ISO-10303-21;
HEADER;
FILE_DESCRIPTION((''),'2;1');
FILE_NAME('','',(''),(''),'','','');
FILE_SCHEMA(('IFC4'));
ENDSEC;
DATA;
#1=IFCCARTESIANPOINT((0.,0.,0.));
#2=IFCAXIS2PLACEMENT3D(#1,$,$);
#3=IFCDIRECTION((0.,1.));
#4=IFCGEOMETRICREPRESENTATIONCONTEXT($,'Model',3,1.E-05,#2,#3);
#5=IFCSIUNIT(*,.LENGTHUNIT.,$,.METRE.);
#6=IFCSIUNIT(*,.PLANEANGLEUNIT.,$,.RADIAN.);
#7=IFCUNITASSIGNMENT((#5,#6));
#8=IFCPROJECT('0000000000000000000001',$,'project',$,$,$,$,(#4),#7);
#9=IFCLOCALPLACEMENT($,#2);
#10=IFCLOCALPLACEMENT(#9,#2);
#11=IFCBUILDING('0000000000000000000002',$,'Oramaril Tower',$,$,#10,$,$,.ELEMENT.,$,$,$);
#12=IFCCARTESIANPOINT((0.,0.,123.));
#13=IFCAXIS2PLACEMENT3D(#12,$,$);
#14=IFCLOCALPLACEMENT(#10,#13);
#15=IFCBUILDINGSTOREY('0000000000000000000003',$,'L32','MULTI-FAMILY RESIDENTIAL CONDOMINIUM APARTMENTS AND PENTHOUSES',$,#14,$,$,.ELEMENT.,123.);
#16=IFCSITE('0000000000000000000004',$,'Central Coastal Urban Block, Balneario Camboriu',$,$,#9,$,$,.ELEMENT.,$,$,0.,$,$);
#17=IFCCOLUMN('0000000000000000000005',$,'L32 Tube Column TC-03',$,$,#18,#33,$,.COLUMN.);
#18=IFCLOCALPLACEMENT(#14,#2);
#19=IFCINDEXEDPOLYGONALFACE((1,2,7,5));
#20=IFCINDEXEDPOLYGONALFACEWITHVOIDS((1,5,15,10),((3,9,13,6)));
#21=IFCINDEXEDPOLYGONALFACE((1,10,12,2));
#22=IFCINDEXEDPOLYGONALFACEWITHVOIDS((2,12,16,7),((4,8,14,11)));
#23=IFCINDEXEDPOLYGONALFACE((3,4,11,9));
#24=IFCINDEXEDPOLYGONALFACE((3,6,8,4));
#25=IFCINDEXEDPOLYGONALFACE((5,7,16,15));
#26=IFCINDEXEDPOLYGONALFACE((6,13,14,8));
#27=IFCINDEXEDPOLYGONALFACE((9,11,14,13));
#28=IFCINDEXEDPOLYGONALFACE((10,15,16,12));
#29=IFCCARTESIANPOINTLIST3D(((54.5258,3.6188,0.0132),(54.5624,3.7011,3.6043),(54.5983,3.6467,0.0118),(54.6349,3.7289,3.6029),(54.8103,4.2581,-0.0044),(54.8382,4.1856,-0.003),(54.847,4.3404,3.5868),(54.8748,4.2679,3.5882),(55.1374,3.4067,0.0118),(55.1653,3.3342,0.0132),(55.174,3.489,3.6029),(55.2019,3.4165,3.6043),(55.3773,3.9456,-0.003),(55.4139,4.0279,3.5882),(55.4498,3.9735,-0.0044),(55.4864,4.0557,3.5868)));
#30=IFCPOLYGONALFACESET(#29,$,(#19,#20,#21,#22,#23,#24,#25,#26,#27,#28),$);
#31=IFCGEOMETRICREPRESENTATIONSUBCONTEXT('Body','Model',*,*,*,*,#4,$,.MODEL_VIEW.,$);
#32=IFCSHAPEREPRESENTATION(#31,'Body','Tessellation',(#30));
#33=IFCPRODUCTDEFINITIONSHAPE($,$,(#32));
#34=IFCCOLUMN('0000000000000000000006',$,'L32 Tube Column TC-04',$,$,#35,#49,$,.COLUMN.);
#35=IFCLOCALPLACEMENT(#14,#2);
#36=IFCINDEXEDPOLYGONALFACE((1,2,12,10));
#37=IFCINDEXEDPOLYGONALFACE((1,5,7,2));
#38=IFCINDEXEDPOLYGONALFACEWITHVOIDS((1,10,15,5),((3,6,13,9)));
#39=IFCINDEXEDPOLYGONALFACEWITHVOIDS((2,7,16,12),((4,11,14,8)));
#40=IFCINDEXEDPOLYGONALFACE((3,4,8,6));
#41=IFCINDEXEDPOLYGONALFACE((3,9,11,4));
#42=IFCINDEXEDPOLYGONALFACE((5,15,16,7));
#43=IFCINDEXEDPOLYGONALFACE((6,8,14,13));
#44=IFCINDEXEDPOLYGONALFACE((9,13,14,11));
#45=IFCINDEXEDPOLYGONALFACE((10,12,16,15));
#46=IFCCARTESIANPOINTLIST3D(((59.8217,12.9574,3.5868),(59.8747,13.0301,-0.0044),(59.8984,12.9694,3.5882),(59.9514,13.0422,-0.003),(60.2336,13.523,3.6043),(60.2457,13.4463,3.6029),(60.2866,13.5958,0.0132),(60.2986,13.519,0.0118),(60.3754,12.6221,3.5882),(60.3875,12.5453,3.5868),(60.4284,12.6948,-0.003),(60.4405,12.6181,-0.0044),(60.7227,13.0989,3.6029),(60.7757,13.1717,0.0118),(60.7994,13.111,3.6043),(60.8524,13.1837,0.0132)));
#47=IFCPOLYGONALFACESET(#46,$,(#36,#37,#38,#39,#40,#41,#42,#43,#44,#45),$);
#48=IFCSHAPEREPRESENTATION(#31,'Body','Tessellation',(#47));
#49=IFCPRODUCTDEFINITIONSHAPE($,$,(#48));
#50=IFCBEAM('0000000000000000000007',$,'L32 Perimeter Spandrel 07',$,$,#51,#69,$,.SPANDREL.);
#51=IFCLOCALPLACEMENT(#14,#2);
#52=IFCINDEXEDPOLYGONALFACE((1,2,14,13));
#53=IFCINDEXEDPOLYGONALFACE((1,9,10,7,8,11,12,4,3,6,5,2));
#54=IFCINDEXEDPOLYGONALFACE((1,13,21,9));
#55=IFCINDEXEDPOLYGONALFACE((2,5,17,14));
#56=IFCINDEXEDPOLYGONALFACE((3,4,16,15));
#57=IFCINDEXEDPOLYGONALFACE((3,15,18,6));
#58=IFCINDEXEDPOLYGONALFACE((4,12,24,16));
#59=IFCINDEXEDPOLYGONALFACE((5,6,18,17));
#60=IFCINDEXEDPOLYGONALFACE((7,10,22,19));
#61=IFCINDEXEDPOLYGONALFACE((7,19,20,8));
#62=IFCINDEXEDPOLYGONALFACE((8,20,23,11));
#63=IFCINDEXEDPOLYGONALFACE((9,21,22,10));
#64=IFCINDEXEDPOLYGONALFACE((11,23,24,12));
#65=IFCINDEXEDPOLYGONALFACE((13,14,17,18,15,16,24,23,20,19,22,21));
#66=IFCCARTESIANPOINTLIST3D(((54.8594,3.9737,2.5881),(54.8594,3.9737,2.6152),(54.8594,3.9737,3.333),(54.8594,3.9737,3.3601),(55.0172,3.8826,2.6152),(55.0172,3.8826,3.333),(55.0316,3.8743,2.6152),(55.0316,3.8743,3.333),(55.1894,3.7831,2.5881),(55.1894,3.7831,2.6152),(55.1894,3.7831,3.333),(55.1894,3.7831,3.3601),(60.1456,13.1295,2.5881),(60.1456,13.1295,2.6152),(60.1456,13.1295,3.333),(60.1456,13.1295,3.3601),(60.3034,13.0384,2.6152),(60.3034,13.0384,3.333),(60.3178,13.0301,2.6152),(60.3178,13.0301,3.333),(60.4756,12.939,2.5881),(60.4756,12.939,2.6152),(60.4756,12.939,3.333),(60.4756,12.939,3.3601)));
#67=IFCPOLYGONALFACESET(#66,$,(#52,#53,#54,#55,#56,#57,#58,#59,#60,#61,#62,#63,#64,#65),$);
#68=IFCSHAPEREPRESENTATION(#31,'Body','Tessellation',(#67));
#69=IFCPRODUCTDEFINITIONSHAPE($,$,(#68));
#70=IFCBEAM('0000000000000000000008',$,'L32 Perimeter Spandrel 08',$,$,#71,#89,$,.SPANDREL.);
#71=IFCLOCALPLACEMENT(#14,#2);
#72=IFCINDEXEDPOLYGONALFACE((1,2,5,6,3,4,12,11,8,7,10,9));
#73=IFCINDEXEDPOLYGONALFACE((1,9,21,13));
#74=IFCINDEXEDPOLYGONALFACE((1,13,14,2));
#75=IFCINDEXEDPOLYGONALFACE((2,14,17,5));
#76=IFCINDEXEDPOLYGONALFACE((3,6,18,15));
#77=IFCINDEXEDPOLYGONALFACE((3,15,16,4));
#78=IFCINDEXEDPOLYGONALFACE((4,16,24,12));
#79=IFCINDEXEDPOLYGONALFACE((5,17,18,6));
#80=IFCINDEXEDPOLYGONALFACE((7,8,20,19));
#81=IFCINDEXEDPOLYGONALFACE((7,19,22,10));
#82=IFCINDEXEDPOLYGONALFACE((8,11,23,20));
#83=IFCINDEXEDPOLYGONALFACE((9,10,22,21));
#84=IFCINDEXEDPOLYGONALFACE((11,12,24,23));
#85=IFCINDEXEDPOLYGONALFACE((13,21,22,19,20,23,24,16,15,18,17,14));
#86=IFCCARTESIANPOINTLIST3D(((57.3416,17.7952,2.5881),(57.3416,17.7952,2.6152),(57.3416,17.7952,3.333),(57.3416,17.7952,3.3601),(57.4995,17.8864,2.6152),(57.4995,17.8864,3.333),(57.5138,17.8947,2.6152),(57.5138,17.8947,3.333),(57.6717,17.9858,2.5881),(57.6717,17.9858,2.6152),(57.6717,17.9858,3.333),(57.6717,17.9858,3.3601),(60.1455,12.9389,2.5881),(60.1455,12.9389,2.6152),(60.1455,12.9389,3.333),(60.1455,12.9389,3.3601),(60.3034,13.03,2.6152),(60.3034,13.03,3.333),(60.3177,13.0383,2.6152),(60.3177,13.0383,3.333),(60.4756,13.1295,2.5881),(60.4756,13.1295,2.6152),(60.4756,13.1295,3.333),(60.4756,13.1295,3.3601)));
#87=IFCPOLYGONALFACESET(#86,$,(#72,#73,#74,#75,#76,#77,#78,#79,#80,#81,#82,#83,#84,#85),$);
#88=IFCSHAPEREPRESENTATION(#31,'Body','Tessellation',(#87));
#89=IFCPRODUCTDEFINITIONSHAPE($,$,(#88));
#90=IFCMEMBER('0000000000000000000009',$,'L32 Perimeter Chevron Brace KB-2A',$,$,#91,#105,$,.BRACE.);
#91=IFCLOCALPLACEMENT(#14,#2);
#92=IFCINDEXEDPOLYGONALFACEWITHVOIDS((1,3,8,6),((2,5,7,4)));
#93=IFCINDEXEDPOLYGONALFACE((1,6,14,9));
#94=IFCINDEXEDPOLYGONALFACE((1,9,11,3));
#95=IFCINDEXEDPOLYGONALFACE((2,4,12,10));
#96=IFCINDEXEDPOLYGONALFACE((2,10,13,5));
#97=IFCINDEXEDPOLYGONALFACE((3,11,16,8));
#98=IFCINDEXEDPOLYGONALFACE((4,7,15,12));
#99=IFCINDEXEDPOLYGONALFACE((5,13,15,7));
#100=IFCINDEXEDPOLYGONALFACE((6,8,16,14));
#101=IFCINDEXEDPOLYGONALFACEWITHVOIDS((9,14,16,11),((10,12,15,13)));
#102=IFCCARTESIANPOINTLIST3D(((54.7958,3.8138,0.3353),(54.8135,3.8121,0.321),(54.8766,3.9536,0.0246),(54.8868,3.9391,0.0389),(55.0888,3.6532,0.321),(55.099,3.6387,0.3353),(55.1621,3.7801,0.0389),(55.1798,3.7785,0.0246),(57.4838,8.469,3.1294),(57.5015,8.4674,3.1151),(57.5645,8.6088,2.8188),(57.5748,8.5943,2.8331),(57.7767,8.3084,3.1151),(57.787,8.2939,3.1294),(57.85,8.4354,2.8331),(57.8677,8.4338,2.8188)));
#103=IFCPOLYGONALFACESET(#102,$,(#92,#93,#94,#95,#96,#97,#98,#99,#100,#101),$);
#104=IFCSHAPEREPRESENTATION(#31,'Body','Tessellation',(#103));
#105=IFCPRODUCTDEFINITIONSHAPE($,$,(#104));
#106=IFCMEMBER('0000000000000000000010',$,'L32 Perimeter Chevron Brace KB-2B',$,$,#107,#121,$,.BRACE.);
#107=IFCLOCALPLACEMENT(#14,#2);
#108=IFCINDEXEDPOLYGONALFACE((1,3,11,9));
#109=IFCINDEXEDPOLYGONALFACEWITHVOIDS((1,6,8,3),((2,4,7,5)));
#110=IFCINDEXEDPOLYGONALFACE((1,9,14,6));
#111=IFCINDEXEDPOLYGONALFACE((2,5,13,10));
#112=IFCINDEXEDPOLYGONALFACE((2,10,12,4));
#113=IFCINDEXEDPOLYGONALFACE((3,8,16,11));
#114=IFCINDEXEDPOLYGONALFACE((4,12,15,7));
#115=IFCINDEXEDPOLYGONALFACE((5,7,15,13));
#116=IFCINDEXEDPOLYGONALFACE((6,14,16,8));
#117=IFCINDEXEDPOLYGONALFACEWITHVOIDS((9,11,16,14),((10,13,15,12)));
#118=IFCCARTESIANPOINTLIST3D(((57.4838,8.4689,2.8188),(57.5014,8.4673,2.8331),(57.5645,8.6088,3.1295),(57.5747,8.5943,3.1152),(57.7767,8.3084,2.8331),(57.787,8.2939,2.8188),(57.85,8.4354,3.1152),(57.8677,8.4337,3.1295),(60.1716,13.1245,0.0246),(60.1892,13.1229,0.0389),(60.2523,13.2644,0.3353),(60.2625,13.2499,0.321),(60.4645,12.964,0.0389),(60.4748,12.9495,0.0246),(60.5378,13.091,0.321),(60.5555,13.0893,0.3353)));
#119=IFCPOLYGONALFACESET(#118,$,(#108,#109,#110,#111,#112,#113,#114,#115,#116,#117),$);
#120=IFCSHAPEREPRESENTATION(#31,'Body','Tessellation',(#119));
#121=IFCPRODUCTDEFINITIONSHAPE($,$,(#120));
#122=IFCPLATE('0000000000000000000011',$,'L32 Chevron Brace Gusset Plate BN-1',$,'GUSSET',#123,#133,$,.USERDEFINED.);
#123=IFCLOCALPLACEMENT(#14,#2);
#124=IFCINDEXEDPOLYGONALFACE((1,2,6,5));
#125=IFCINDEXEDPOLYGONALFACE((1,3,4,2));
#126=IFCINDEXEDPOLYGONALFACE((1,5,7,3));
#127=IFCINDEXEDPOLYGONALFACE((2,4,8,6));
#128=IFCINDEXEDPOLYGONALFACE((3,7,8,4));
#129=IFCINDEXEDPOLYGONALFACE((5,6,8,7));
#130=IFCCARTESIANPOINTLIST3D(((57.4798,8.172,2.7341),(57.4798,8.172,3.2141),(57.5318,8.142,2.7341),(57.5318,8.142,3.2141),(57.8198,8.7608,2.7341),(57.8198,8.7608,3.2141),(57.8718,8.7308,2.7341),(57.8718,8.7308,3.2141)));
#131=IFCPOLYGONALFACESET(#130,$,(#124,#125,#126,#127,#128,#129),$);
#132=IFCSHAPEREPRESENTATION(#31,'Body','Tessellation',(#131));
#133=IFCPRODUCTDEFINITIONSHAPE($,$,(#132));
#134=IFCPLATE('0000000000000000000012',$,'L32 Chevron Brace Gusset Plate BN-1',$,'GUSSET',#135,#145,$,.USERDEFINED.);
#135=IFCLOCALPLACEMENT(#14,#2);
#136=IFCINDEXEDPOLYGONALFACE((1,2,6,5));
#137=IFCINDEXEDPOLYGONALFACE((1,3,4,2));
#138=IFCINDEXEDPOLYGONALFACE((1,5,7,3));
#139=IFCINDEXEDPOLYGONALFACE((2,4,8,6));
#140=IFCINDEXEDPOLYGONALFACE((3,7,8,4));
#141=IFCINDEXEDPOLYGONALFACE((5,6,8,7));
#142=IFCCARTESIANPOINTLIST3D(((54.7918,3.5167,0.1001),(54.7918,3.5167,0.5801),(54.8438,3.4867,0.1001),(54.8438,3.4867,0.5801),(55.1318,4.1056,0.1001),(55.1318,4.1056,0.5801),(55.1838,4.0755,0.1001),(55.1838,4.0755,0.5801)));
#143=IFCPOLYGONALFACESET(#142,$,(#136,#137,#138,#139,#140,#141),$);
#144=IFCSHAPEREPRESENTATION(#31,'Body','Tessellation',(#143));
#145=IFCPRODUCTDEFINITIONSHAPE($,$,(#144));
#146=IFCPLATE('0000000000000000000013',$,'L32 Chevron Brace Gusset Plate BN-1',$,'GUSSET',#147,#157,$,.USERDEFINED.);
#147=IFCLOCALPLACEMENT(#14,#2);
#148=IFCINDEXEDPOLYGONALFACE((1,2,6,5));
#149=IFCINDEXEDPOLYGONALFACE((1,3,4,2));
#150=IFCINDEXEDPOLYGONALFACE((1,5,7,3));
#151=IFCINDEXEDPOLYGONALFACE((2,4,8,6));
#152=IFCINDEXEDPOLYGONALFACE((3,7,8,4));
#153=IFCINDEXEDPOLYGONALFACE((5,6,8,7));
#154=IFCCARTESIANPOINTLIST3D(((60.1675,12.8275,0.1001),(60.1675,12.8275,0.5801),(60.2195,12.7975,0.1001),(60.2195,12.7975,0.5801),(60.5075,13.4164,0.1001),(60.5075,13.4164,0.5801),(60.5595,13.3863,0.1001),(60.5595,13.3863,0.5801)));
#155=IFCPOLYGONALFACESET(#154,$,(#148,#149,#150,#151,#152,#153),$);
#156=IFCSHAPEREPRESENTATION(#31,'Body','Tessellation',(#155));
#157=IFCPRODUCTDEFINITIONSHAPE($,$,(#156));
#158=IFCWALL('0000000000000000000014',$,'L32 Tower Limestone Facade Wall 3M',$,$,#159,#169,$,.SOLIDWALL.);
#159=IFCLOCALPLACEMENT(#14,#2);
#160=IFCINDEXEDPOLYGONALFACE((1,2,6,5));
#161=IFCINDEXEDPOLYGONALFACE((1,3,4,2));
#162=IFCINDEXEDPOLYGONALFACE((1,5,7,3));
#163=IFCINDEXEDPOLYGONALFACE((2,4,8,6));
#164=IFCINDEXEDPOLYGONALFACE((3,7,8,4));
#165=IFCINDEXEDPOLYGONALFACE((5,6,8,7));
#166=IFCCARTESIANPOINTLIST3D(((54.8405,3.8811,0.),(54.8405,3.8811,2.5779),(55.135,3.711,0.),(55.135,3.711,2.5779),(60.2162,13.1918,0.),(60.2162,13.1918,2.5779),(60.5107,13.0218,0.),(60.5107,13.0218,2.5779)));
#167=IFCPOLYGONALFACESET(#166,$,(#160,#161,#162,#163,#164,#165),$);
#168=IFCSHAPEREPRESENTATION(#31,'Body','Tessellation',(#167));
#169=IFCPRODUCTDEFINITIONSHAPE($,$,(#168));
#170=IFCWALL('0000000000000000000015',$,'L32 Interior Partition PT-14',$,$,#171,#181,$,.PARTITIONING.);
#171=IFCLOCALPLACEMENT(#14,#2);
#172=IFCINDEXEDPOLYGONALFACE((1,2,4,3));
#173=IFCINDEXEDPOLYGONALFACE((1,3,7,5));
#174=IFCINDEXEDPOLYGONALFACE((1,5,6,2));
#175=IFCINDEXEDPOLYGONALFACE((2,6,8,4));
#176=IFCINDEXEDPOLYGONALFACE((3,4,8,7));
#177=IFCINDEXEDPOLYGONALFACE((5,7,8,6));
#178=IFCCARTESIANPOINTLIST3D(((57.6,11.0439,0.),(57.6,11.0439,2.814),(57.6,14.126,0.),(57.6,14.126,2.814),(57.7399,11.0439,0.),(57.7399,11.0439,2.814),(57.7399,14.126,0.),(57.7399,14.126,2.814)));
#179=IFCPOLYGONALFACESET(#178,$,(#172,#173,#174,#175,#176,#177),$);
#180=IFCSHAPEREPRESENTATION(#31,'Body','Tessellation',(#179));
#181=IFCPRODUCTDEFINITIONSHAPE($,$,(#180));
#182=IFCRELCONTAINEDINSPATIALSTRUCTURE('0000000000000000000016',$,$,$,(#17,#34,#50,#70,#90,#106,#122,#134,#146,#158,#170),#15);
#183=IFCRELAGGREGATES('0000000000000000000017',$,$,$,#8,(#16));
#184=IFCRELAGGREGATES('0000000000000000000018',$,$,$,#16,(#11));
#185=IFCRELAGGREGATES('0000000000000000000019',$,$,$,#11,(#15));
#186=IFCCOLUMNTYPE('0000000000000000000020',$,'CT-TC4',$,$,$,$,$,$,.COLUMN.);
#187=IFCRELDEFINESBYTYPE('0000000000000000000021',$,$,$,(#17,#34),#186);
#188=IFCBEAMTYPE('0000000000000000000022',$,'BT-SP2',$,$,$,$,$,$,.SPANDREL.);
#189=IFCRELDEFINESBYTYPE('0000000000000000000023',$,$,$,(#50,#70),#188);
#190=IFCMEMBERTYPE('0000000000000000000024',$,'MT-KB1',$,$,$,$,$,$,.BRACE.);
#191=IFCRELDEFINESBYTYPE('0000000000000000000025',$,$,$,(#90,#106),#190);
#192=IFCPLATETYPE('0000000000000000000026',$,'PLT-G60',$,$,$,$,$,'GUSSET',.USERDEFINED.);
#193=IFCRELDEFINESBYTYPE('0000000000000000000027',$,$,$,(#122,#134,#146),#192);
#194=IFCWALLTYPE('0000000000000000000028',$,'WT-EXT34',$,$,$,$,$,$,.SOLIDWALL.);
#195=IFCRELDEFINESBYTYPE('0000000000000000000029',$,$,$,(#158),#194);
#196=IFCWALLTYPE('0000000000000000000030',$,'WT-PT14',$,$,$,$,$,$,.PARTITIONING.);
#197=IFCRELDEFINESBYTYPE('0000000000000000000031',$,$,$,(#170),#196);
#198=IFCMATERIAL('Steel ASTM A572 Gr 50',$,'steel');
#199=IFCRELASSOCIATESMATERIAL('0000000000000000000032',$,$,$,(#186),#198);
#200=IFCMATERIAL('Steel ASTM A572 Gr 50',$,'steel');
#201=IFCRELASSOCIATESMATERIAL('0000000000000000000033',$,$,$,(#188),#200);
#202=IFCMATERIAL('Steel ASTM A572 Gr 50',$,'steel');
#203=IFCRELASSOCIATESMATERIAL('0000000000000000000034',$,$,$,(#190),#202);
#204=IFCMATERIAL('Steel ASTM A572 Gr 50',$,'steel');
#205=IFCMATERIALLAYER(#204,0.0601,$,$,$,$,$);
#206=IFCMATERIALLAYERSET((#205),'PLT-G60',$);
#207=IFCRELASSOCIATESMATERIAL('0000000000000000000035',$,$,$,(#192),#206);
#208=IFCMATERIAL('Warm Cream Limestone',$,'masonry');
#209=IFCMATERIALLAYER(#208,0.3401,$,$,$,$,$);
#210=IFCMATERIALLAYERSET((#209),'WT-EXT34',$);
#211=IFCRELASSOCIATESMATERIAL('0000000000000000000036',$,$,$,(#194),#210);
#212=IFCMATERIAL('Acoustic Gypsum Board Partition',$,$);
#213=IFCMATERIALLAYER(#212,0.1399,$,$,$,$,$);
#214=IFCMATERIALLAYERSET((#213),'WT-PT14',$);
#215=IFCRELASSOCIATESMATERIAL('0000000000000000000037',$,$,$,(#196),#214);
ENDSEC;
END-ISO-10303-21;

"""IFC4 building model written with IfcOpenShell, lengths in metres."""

from ifc_helpers import new_model, si_unit, direction, frame, frame_2d, origin, origin_2d, place, context, subcontext, project, spatial, rectangle, hollow_rectangle, i_section, extrude, material, layer, layer_set, material_profile, profile_set, type_object, element, save


model = new_model("IFC4")

# Units and contexts
model_context = context("Model", 3, precision=1e-05, world=origin(), true_north=direction((0.0, 1.0)))
body_context = subcontext(model_context, "Body", "Model", "MODEL_VIEW")
ifc_project = project(units=[si_unit("LENGTHUNIT", "METRE"), si_unit("PLANEANGLEUNIT", "RADIAN")], contexts=[model_context])

# Site, building, storey
site_placement = place(None, origin())
site = spatial("IfcSite", under=ifc_project, at=site_placement, Name="Central Coastal Urban Block, Balneario Camboriu", CompositionType="ELEMENT", RefElevation=0.0)
building_placement = place(site_placement, origin())
building = spatial("IfcBuilding", under=site, at=building_placement, Name="Oramaril Tower", CompositionType="ELEMENT")
storey_placement = place(building_placement, frame((0.0, 0.0, 123.0)))
storey = spatial("IfcBuildingStorey", under=building, at=storey_placement, Name="L32", Description="MULTI-FAMILY RESIDENTIAL CONDOMINIUM APARTMENTS AND PENTHOUSES", CompositionType="ELEMENT", Elevation=123.0)

# Columns
ifc_material_1 = material(Name="Steel ASTM A572 Gr 50", Category="steel")
ifc_material_profile_1 = material_profile(ifc_material_1, hollow_rectangle(XDim=0.7, YDim=0.7, WallThickness=0.0549, at=origin_2d()), Name="BOX700X700X55")
ifc_profile_set_1 = profile_set([ifc_material_profile_1], Name="Steel ASTM A572 Gr 50")
column_type = type_object("IfcColumnType", Name="CT-TC4", PredefinedType="COLUMN", material=ifc_profile_set_1)
for number, where, z_axis, x_axis, name in (
    (1, (54.9878, 3.7961, 0.0044), (0.010195, 0.022904, 0.999686), (-0.913588, 0.406641, 0.0), "L32 Tube Column TC-03"),
    (2, (60.3635, 13.1069, 0.0044), (-0.014748, -0.020253, 0.999686), (0.808384, -0.588655, 0.0), "L32 Tube Column TC-04"),
):
    element("IfcColumn", number, at=place(storey_placement, frame(where, z_axis=z_axis, x_axis=x_axis)), inside=storey, type_object=column_type, Name=name, PredefinedType="COLUMN", context=body_context, shape_type="SweptSolid", body=[
        extrude(hollow_rectangle(XDim=0.7, YDim=0.7, WallThickness=0.0549, at=origin_2d()), origin(), (0.0, 0.0, 1.0), 3.5923),
    ])

# Beams
ifc_material_2 = material(Name="Steel ASTM A572 Gr 50", Category="steel")
ifc_material_profile_2 = material_profile(ifc_material_2, i_section(OverallWidth=0.3811, OverallDepth=0.772, WebThickness=0.0166, FlangeThickness=0.0271, at=origin_2d()), Name="W30X173")
ifc_profile_set_2 = profile_set([ifc_material_profile_2], Name="Steel ASTM A572 Gr 50")
beam_type = type_object("IfcBeamType", Name="BT-SP2", PredefinedType="SPANDREL", material=ifc_profile_set_2)
beam_1_placement = place(storey_placement, frame((55.0244, 3.8784, 2.9741), z_axis=(0.500004, 0.866023, 0.0), x_axis=(-0.866023, 0.500004, 0.0)))
element("IfcBeam", 3, at=beam_1_placement, inside=storey, type_object=beam_type, Name="L32 Perimeter Spandrel 07", PredefinedType="SPANDREL", context=body_context, shape_type="SweptSolid", body=[
    extrude(i_section(OverallWidth=0.3811, OverallDepth=0.772, WebThickness=0.0166, FlangeThickness=0.0271, at=origin_2d()), origin(), (0.0, 0.0, 1.0), 10.5723),
])
beam_2_placement = place(storey_placement, frame((60.3105, 13.0342, 2.9741), z_axis=(-0.500011, 0.866019, 0.0), x_axis=(-0.866019, -0.500011, 0.0)))
element("IfcBeam", 4, at=beam_2_placement, inside=storey, type_object=beam_type, Name="L32 Perimeter Spandrel 08", PredefinedType="SPANDREL", context=body_context, shape_type="SweptSolid", body=[
    extrude(i_section(OverallWidth=0.3811, OverallDepth=0.772, WebThickness=0.0166, FlangeThickness=0.0271, at=origin_2d()), origin(), (0.0, 0.0, 1.0), 5.6077),
])

# Members
ifc_material_3 = material(Name="Steel ASTM A572 Gr 50", Category="steel")
ifc_material_profile_3 = material_profile(ifc_material_3, hollow_rectangle(XDim=0.3501, YDim=0.3501, WallThickness=0.0161, at=origin_2d()), Name="HSS350X350X16")
ifc_profile_set_3 = profile_set([ifc_material_profile_3], Name="Steel ASTM A572 Gr 50")
member_type = type_object("IfcMemberType", Name="MT-KB1", PredefinedType="BRACE", material=ifc_profile_set_3)
member_1_placement = place(storey_placement, frame((54.9878, 3.7961, 0.1799), z_axis=(0.443679, 0.768398, 0.461208), x_axis=(-0.866004, 0.500037, 0.0)))
element("IfcMember", 5, at=member_1_placement, inside=storey, type_object=member_type, Name="L32 Perimeter Chevron Brace KB-2A", PredefinedType="BRACE", context=body_context, shape_type="SweptSolid", body=[
    extrude(hollow_rectangle(XDim=0.3501, YDim=0.3501, WallThickness=0.0161, at=origin_2d()), origin(), (0.0, 0.0, 1.0), 6.0583),
])
member_2_placement = place(storey_placement, frame((60.3635, 13.1069, 0.1799), z_axis=(-0.443633, -0.768429, 0.461202), x_axis=(0.866035, -0.499983, 0.0)))
element("IfcMember", 6, at=member_2_placement, inside=storey, type_object=member_type, Name="L32 Perimeter Chevron Brace KB-2B", PredefinedType="BRACE", context=body_context, shape_type="SweptSolid", body=[
    extrude(hollow_rectangle(XDim=0.3501, YDim=0.3501, WallThickness=0.0161, at=origin_2d()), origin(), (0.0, 0.0, 1.0), 6.0586),
])

# Plates
ifc_material_4 = material(Name="Steel ASTM A572 Gr 50", Category="steel")
ifc_layer_1 = layer(ifc_material_4, 0.0601)
ifc_layer_set_1 = layer_set([ifc_layer_1], Name="PLT-G60")
plate_type = type_object("IfcPlateType", Name="PLT-G60", ElementType="GUSSET", PredefinedType="USERDEFINED", material=ifc_layer_set_1)
for number, where, z_axis, x_axis, name in (
    (7, (57.6758, 8.4514, 2.7341), (0.0, 0.0, 1.0), (0.500003, 0.866024, 0.0), "L32 Chevron Brace Gusset Plate BN-1"),
    (8, (54.9878, 3.7961, 0.1001), (0.0, 0.0, 1.0), (0.500003, 0.866024, 0.0), "L32 Chevron Brace Gusset Plate BN-1"),
    (9, (60.3635, 13.1069, 0.1001), (0.0, 0.0, 1.0), (0.500003, 0.866024, 0.0), "L32 Chevron Brace Gusset Plate BN-1"),
):
    element("IfcPlate", number, at=place(storey_placement, frame(where, z_axis=z_axis, x_axis=x_axis)), inside=storey, type_object=plate_type, Name=name, ObjectType="GUSSET", PredefinedType="USERDEFINED", context=body_context, shape_type="SweptSolid", body=[
        extrude(rectangle(XDim=0.6799, YDim=0.0601, at=origin_2d()), origin(), (0.0, 0.0, 1.0), 0.48),
    ])

# Wall
ifc_material_5 = material(Name="Warm Cream Limestone", Category="masonry")
ifc_layer_2 = layer(ifc_material_5, 0.3401)
ifc_layer_set_2 = layer_set([ifc_layer_2], Name="WT-EXT34")
wall_type_1 = type_object("IfcWallType", Name="WT-EXT34", PredefinedType="SOLIDWALL", material=ifc_layer_set_2)
wall_1_placement = place(storey_placement, frame((54.9878, 3.7961, 0.0), z_axis=(0.0, 0.0, 1.0), x_axis=(0.50001, 0.86602, 0.0)))
element("IfcWall", 10, at=wall_1_placement, inside=storey, type_object=wall_type_1, Name="L32 Tower Limestone Facade Wall 3M", PredefinedType="SOLIDWALL", context=body_context, shape_type="SweptSolid", body=[
    extrude(rectangle(XDim=10.7512, YDim=0.3401, at=frame_2d((5.3755, 0.0))), origin(), (0.0, 0.0, 1.0), 2.5779),
])

# Wall
ifc_material_6 = material(Name="Acoustic Gypsum Board Partition")
ifc_layer_3 = layer(ifc_material_6, 0.1399)
ifc_layer_set_3 = layer_set([ifc_layer_3], Name="WT-PT14")
wall_type_2 = type_object("IfcWallType", Name="WT-PT14", PredefinedType="PARTITIONING", material=ifc_layer_set_3)
wall_2_placement = place(storey_placement, frame((57.6699, 11.0439, 0.0), z_axis=(0.0, 0.0, 1.0), x_axis=(0.0, 1.0, 0.0)))
element("IfcWall", 11, at=wall_2_placement, inside=storey, type_object=wall_type_2, Name="L32 Interior Partition PT-14", PredefinedType="PARTITIONING", context=body_context, shape_type="SweptSolid", body=[
    extrude(rectangle(XDim=3.082, YDim=0.1399, at=frame_2d((1.541, 0.0))), origin(), (0.0, 0.0, 1.0), 2.814),
])

save(model, "model.ifc")
